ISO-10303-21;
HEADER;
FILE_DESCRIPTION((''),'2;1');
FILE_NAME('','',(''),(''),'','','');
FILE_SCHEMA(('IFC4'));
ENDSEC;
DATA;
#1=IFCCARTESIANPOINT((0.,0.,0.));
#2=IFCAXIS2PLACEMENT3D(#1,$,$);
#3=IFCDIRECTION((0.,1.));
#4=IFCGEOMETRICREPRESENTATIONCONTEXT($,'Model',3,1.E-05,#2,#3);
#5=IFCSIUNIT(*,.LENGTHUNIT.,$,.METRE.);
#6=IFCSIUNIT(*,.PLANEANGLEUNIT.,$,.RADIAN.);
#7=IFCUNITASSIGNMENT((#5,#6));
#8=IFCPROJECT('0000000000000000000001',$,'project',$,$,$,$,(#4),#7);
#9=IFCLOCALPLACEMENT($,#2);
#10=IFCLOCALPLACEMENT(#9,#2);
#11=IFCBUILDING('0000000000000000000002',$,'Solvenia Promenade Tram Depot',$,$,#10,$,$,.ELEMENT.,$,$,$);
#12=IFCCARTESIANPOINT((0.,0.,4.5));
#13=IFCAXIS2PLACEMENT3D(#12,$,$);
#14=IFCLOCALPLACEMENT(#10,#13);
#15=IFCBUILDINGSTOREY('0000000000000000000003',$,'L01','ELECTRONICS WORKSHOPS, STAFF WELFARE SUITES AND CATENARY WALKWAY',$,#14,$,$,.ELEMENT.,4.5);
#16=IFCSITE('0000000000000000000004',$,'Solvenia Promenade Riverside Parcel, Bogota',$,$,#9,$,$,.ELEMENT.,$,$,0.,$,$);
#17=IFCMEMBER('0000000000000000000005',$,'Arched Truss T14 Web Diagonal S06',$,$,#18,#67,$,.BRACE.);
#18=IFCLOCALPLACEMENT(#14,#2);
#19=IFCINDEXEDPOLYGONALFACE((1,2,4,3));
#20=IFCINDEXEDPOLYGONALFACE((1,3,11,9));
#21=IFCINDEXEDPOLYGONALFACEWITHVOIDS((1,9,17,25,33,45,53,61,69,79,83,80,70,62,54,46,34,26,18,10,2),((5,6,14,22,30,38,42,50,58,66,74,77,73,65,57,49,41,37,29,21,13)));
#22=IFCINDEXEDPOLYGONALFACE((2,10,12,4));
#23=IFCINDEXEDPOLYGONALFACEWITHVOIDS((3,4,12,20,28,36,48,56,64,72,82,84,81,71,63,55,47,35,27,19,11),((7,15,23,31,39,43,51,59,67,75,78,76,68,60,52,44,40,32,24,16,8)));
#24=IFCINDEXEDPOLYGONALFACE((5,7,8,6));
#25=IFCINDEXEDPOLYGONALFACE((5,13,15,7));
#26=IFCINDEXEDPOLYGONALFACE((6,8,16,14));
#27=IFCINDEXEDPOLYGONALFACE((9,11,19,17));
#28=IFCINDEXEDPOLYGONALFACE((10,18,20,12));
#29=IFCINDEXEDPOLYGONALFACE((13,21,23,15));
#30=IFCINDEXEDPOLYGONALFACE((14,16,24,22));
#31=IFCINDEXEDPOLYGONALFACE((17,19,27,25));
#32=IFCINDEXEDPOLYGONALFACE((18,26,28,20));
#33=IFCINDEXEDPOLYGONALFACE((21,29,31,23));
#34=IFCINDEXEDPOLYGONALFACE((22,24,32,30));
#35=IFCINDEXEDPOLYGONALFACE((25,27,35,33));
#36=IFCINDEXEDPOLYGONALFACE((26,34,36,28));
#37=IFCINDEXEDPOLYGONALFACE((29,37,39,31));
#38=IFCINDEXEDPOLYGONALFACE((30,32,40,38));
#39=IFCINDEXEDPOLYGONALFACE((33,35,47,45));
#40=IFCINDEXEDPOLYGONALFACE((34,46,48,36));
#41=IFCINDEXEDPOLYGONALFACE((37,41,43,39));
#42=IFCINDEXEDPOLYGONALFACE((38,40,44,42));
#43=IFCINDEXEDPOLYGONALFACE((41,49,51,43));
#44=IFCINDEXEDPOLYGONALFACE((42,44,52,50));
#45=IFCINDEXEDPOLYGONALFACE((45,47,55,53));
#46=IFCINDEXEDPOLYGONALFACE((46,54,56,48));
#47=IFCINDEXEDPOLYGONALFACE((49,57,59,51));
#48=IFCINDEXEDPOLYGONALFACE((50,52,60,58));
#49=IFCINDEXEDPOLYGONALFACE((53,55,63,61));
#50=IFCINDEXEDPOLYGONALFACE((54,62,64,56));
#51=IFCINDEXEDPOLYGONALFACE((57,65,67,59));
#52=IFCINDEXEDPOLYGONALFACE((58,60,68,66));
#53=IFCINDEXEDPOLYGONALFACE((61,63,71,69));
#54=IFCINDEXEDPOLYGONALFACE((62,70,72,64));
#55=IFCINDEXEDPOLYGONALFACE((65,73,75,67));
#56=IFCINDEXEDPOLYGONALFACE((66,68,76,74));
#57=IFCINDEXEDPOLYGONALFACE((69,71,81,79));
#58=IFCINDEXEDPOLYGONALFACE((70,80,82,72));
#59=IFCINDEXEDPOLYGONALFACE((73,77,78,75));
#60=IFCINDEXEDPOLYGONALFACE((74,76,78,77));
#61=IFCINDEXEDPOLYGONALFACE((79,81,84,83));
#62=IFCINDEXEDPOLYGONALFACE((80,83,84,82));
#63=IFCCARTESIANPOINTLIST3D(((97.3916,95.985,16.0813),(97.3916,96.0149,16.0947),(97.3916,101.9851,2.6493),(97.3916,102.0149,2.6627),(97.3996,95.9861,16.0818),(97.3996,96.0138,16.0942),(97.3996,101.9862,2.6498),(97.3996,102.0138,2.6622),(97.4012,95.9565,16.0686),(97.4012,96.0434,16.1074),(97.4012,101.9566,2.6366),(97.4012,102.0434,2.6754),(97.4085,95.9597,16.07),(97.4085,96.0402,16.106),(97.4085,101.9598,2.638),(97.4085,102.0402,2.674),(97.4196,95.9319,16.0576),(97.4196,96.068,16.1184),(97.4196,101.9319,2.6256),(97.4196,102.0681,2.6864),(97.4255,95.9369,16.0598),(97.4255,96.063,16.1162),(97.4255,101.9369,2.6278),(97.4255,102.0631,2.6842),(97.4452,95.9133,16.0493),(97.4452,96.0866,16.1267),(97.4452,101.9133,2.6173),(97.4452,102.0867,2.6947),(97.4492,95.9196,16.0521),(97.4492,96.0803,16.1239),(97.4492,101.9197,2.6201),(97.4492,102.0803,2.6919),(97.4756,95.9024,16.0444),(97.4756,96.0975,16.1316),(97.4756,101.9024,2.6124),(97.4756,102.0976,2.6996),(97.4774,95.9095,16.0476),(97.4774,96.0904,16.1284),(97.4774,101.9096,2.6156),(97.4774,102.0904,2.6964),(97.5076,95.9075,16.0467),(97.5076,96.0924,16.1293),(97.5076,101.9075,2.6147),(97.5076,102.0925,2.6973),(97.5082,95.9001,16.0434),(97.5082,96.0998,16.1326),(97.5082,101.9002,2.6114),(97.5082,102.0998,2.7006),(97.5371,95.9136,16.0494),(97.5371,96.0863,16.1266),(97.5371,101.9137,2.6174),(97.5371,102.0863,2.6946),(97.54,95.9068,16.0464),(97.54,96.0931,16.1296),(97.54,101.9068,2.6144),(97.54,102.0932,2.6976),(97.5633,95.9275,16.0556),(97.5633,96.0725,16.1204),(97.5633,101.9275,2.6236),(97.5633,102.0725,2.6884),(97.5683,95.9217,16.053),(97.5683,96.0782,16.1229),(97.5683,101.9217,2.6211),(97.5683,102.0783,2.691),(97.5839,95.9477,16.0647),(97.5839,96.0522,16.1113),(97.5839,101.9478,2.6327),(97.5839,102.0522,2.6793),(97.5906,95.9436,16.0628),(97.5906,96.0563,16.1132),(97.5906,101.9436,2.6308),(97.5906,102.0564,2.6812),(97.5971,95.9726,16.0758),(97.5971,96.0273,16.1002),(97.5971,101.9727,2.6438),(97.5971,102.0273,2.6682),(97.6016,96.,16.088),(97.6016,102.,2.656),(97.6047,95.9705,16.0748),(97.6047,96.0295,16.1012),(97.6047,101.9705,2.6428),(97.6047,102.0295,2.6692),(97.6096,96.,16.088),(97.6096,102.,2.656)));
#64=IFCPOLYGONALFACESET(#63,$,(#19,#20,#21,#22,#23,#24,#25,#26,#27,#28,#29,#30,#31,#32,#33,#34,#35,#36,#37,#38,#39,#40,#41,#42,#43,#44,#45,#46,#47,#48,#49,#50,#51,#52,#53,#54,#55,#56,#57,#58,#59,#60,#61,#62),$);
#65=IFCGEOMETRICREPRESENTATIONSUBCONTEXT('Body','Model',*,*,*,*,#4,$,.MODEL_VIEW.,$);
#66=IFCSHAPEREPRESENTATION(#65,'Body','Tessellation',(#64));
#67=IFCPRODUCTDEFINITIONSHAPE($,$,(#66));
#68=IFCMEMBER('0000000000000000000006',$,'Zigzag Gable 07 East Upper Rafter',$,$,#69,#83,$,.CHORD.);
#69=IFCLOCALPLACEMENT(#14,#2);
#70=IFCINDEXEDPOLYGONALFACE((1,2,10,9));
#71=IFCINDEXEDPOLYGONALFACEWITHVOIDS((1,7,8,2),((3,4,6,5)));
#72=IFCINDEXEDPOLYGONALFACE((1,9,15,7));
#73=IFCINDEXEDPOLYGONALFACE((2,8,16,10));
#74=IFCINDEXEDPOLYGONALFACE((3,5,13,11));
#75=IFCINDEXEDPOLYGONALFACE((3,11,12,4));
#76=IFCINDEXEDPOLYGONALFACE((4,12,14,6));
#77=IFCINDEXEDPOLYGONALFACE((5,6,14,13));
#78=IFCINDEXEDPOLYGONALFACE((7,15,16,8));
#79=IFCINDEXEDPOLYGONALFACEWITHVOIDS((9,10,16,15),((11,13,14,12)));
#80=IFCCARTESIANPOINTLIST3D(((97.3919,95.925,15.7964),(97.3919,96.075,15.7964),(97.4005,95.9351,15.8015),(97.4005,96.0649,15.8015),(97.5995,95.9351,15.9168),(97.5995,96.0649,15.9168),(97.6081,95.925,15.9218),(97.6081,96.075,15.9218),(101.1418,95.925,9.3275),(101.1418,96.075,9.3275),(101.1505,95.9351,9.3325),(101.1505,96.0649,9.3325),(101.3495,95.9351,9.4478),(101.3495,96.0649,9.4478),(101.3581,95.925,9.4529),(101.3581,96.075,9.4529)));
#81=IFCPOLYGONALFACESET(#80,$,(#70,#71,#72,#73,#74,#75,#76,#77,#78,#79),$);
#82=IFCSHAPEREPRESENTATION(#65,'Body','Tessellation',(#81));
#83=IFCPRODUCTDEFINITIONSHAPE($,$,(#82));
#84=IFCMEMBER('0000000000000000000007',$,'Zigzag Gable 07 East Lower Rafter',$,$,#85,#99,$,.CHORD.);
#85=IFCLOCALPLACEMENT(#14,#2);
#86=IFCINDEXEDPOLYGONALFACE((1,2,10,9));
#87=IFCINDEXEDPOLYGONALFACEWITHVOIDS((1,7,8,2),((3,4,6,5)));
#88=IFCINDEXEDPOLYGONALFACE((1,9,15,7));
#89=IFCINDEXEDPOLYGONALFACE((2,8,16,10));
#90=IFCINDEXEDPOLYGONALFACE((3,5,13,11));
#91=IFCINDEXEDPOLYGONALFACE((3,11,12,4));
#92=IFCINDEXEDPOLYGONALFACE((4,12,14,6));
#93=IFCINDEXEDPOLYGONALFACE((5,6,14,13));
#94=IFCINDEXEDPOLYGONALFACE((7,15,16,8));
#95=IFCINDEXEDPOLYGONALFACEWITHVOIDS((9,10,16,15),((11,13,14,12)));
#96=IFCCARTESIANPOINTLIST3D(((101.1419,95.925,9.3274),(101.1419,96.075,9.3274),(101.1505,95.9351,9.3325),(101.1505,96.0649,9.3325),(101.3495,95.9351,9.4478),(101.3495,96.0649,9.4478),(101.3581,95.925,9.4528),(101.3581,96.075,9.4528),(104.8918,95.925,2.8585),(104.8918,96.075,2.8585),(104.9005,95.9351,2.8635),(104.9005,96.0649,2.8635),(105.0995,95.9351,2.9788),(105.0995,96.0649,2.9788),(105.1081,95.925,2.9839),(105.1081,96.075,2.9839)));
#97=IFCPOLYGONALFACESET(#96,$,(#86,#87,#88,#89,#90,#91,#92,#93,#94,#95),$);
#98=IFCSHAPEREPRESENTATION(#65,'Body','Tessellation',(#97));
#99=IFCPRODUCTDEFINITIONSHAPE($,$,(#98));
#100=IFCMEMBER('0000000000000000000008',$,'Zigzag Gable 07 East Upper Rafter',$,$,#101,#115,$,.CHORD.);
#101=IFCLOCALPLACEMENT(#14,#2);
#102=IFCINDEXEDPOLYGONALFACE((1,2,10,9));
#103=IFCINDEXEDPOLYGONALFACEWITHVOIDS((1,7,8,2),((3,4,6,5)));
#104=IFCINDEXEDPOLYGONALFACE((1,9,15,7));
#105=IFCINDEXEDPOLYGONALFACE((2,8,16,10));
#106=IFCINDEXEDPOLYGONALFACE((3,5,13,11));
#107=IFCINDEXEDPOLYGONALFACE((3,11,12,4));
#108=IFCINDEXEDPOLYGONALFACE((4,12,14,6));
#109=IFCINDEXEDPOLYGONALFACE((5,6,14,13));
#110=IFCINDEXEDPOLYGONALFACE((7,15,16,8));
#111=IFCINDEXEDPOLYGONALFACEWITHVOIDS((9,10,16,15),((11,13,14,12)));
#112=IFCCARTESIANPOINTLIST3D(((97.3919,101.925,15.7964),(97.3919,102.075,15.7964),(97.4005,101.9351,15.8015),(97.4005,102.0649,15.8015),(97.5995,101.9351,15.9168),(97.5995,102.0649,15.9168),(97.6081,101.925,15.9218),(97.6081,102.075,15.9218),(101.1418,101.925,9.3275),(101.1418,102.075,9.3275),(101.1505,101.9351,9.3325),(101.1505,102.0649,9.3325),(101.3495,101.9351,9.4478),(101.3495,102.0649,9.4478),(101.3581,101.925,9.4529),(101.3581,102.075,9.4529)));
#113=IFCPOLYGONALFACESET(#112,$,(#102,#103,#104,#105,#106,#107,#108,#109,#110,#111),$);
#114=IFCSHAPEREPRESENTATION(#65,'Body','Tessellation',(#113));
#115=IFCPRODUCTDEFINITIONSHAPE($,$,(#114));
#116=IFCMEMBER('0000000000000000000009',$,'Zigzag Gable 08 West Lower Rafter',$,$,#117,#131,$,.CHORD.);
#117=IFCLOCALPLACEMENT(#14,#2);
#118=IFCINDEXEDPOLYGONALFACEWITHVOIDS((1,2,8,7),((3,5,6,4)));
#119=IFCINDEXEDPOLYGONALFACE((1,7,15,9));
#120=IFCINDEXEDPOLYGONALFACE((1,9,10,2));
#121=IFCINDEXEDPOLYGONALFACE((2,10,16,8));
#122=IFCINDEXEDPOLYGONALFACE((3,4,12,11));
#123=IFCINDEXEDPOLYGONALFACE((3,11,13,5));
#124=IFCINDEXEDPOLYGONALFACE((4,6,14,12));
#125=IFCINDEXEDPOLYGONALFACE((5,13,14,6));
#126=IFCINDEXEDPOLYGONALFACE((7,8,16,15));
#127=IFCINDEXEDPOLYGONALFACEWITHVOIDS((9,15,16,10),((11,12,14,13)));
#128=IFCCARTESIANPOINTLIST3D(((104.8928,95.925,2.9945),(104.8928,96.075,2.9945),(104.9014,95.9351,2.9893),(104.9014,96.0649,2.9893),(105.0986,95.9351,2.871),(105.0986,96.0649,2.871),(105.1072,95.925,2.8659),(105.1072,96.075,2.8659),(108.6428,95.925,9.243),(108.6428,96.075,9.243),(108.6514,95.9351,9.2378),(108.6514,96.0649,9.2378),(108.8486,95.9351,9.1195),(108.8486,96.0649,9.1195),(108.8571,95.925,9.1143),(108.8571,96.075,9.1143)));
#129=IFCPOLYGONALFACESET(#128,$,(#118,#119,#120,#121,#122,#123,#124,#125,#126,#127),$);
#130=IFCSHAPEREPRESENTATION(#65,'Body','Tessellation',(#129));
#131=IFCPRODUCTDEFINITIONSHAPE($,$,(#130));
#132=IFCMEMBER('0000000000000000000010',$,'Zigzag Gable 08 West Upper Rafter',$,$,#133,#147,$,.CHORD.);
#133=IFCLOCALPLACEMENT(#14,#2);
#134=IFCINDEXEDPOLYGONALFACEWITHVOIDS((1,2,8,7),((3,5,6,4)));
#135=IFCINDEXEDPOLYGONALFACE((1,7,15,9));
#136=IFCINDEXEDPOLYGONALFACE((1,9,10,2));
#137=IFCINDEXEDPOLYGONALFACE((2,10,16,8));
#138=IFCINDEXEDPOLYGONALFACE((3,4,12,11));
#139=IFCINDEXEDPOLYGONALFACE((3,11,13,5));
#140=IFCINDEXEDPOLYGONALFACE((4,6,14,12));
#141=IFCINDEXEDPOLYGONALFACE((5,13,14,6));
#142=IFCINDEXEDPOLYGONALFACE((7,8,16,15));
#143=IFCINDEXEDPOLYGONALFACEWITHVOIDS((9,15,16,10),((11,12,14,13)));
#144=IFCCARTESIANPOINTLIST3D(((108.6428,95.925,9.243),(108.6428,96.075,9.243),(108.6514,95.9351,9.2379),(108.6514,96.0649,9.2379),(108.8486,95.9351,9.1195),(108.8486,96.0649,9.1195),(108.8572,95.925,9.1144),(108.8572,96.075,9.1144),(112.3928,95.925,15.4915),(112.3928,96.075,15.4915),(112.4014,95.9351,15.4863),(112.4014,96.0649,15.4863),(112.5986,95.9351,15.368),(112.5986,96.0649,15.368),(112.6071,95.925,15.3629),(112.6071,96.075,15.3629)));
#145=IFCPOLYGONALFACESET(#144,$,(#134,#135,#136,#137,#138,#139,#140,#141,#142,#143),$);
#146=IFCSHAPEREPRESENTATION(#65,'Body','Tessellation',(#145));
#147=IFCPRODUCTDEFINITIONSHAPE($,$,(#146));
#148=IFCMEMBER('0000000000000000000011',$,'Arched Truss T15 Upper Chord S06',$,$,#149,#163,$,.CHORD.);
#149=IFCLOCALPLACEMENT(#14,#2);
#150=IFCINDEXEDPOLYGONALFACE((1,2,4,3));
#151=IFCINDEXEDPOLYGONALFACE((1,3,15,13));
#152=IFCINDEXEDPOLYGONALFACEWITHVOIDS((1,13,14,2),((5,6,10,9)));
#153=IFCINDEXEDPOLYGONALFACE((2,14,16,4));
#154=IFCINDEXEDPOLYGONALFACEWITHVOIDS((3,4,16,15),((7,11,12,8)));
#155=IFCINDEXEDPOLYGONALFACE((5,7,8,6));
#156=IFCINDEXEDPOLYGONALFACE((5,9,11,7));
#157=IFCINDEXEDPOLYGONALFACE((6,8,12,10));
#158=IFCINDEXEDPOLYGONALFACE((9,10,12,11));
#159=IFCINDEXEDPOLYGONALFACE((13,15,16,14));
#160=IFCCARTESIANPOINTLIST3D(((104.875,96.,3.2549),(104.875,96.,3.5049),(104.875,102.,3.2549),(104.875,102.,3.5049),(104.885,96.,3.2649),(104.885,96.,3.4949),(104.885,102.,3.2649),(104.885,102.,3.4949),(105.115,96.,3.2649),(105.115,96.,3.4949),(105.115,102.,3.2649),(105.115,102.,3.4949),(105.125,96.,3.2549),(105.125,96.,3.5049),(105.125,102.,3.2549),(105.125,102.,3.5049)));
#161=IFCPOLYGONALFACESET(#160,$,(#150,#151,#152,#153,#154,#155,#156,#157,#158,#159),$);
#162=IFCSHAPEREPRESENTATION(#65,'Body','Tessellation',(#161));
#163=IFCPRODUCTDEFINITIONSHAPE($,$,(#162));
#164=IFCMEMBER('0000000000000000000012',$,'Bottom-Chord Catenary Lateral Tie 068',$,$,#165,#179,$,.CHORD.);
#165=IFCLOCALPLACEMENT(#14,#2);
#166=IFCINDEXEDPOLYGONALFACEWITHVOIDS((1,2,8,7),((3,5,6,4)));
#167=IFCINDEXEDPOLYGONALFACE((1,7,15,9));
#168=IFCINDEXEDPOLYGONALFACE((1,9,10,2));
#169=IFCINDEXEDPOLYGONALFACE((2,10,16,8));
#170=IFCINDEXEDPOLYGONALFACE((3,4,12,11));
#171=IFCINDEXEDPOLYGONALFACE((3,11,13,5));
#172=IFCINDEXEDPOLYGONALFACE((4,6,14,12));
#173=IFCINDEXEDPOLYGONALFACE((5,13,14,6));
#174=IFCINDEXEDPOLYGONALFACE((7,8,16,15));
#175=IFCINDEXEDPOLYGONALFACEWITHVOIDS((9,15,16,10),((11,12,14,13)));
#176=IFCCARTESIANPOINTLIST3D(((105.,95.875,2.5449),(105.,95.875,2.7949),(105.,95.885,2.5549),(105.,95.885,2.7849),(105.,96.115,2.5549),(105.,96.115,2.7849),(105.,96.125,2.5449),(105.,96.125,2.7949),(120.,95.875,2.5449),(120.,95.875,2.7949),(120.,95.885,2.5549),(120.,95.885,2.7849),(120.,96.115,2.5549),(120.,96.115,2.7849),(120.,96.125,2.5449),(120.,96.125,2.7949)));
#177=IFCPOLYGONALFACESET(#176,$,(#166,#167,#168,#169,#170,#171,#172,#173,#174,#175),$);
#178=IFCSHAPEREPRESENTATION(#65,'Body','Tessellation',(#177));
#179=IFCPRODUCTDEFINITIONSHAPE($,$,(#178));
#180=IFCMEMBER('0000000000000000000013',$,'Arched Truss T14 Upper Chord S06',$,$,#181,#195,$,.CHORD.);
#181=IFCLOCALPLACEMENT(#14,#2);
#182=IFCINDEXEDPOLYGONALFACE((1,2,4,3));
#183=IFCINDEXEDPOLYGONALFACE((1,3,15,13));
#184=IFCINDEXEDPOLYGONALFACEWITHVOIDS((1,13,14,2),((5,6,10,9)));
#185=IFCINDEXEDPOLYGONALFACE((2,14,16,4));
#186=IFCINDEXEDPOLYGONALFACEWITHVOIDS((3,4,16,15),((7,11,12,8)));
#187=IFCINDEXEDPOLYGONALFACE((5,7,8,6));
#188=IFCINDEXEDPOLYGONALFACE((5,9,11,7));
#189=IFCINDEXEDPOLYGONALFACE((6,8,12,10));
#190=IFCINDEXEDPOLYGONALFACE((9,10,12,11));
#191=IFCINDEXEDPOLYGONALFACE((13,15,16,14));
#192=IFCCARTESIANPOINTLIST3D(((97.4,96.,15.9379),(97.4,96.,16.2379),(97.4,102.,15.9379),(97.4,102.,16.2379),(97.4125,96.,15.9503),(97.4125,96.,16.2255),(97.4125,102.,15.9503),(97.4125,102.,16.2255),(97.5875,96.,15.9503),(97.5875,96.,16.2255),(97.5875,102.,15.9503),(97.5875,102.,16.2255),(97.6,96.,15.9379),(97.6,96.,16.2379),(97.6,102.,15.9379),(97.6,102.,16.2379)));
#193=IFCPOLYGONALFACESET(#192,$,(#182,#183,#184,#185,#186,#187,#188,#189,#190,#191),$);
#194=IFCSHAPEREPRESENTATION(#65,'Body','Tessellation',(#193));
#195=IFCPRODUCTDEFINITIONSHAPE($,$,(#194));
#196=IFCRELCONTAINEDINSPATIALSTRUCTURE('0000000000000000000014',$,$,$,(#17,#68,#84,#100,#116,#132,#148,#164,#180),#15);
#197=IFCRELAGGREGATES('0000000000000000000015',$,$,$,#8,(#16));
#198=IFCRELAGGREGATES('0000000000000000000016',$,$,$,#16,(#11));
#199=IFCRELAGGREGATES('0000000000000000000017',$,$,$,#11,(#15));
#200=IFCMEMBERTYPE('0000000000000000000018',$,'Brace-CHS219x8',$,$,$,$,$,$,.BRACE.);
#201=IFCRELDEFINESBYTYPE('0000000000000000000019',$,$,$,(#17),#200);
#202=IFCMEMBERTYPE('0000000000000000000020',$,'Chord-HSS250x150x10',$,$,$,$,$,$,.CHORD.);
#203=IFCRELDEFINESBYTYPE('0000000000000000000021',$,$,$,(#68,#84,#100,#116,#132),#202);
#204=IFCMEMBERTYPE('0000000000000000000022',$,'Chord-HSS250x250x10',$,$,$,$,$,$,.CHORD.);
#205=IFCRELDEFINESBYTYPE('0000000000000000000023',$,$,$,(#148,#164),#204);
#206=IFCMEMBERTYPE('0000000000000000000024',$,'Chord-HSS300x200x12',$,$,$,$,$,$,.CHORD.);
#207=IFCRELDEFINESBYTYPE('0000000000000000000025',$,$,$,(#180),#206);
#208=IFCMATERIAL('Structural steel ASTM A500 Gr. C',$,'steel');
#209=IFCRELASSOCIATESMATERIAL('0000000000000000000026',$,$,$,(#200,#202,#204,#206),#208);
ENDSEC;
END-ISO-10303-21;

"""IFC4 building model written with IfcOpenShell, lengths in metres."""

from ifc_helpers import new_model, si_unit, direction, frame, origin, origin_2d, place, context, subcontext, project, spatial, hollow_rectangle, hollow_circle, extrude, material, material_profile, profile_set, type_object, element, save


model = new_model("IFC4")

# Units and contexts
model_context = context("Model", 3, precision=1e-05, world=origin(), true_north=direction((0.0, 1.0)))
body_context = subcontext(model_context, "Body", "Model", "MODEL_VIEW")
ifc_project = project(units=[si_unit("LENGTHUNIT", "METRE"), si_unit("PLANEANGLEUNIT", "RADIAN")], contexts=[model_context])

# Site, building, storey
site_placement = place(None, origin())
site = spatial("IfcSite", under=ifc_project, at=site_placement, Name="Solvenia Promenade Riverside Parcel, Bogota", CompositionType="ELEMENT", RefElevation=0.0)
building_placement = place(site_placement, origin())
building = spatial("IfcBuilding", under=site, at=building_placement, Name="Solvenia Promenade Tram Depot", CompositionType="ELEMENT")
storey_placement = place(building_placement, frame((0.0, 0.0, 4.5)))
storey = spatial("IfcBuildingStorey", under=building, at=storey_placement, Name="L01", Description="ELECTRONICS WORKSHOPS, STAFF WELFARE SUITES AND CATENARY WALKWAY", CompositionType="ELEMENT", Elevation=4.5)

# Members
ifc_material_1 = material(Name="Structural steel ASTM A500 Gr. C", Category="steel")
ifc_material_profile_1 = material_profile(ifc_material_1, hollow_circle(Radius=0.1096, WallThickness=0.0081, at=origin_2d()), Name="CHS219.1x8", Category="steel")
ifc_profile_set_1 = profile_set([ifc_material_profile_1], Name="Structural steel ASTM A500 Gr. C")
member_type_1 = type_object("IfcMemberType", Name="Brace-CHS219x8", PredefinedType="BRACE", material=ifc_profile_set_1)
member_1_placement = place(storey_placement, frame((97.5, 102.0, 2.656), z_axis=(0.0, -0.407856, 0.913046), x_axis=(1.0, 0.0, 0.0)))
element("IfcMember", 1, at=member_1_placement, inside=storey, type_object=member_type_1, Name="Arched Truss T14 Web Diagonal S06", PredefinedType="BRACE", context=body_context, shape_type="SweptSolid", body=[
    extrude(hollow_circle(Radius=0.1096, WallThickness=0.0081, at=origin_2d()), origin(), (0.0, 0.0, 1.0), 14.7112),
])
ifc_material_profile_2 = material_profile(ifc_material_1, hollow_rectangle(XDim=0.1499, YDim=0.25, WallThickness=0.01, at=origin_2d()), Name="HSS250x150x10", Category="steel")
ifc_profile_set_2 = profile_set([ifc_material_profile_2], Name="Structural steel ASTM A500 Gr. C")
member_type_2 = type_object("IfcMemberType", Name="Chord-HSS250x150x10", PredefinedType="CHORD", material=ifc_profile_set_2)
for number, where, z_axis, x_axis, name in (
    (2, (97.5, 96.0, 15.8591), (0.501516, 0.0, -0.865148), (0.0, 1.0, 0.0), "Zigzag Gable 07 East Upper Rafter"),
    (3, (101.25, 96.0, 9.3901), (0.501516, 0.0, -0.865148), (0.0, 1.0, 0.0), "Zigzag Gable 07 East Lower Rafter"),
    (4, (97.5, 102.0, 15.8591), (0.501516, 0.0, -0.865148), (0.0, 1.0, 0.0), "Zigzag Gable 07 East Upper Rafter"),
):
    element("IfcMember", number, at=place(storey_placement, frame(where, z_axis=z_axis, x_axis=x_axis)), inside=storey, type_object=member_type_2, Name=name, PredefinedType="CHORD", context=body_context, shape_type="SweptSolid", body=[
        extrude(hollow_rectangle(XDim=0.1499, YDim=0.25, WallThickness=0.01, at=origin_2d()), origin(), (0.0, 0.0, 1.0), 7.4773),
    ])
for number, where, z_axis, x_axis, name in (
    (5, (105.0, 96.0, 2.9302), (0.514584, 0.0, 0.85744), (0.0, 1.0, 0.0), "Zigzag Gable 08 West Lower Rafter"),
    (6, (108.75, 96.0, 9.1787), (0.514584, 0.0, 0.85744), (0.0, 1.0, 0.0), "Zigzag Gable 08 West Upper Rafter"),
):
    element("IfcMember", number, at=place(storey_placement, frame(where, z_axis=z_axis, x_axis=x_axis)), inside=storey, type_object=member_type_2, Name=name, PredefinedType="CHORD", context=body_context, shape_type="SweptSolid", body=[
        extrude(hollow_rectangle(XDim=0.1499, YDim=0.25, WallThickness=0.01, at=origin_2d()), origin(), (0.0, 0.0, 1.0), 7.2874),
    ])
ifc_material_profile_3 = material_profile(ifc_material_1, hollow_rectangle(XDim=0.25, YDim=0.25, WallThickness=0.01, at=origin_2d()), Name="HSS250x250x10", Category="steel")
ifc_profile_set_3 = profile_set([ifc_material_profile_3], Name="Structural steel ASTM A500 Gr. C")
member_type_3 = type_object("IfcMemberType", Name="Chord-HSS250x250x10", PredefinedType="CHORD", material=ifc_profile_set_3)
member_2_placement = place(storey_placement, frame((105.0, 96.0, 3.3799), z_axis=(0.0, 1.0, 0.0), x_axis=(-1.0, 0.0, 0.0)))
element("IfcMember", 7, at=member_2_placement, inside=storey, type_object=member_type_3, Name="Arched Truss T15 Upper Chord S06", PredefinedType="CHORD", context=body_context, shape_type="SweptSolid", body=[
    extrude(hollow_rectangle(XDim=0.25, YDim=0.25, WallThickness=0.01, at=origin_2d()), origin(), (0.0, 0.0, 1.0), 6.0),
])
member_3_placement = place(storey_placement, frame((105.0, 96.0, 2.6699), z_axis=(1.0, 0.0, 0.0), x_axis=(0.0, 1.0, 0.0)))
element("IfcMember", 8, at=member_3_placement, inside=storey, type_object=member_type_3, Name="Bottom-Chord Catenary Lateral Tie 068", PredefinedType="CHORD", context=body_context, shape_type="SweptSolid", body=[
    extrude(hollow_rectangle(XDim=0.25, YDim=0.25, WallThickness=0.01, at=origin_2d()), origin(), (0.0, 0.0, 1.0), 15.0),
])
ifc_material_profile_4 = material_profile(ifc_material_1, hollow_rectangle(XDim=0.2, YDim=0.3, WallThickness=0.0125, at=origin_2d()), Name="HSS300x200x12.5", Category="steel")
ifc_profile_set_4 = profile_set([ifc_material_profile_4], Name="Structural steel ASTM A500 Gr. C")
member_type_4 = type_object("IfcMemberType", Name="Chord-HSS300x200x12", PredefinedType="CHORD", material=ifc_profile_set_4)
for number, where, z_axis, x_axis, name in (
    (9, (97.5, 96.0, 16.0879), (0.0, 1.0, 0.0), (-1.0, 0.0, 0.0), "Arched Truss T14 Upper Chord S06"),
):
    element("IfcMember", number, at=place(storey_placement, frame(where, z_axis=z_axis, x_axis=x_axis)), inside=storey, type_object=member_type_4, Name=name, PredefinedType="CHORD", context=body_context, shape_type="SweptSolid", body=[
        extrude(hollow_rectangle(XDim=0.2, YDim=0.3, WallThickness=0.0125, at=origin_2d()), origin(), (0.0, 0.0, 1.0), 6.0),
    ])

save(model, "model.ifc")
